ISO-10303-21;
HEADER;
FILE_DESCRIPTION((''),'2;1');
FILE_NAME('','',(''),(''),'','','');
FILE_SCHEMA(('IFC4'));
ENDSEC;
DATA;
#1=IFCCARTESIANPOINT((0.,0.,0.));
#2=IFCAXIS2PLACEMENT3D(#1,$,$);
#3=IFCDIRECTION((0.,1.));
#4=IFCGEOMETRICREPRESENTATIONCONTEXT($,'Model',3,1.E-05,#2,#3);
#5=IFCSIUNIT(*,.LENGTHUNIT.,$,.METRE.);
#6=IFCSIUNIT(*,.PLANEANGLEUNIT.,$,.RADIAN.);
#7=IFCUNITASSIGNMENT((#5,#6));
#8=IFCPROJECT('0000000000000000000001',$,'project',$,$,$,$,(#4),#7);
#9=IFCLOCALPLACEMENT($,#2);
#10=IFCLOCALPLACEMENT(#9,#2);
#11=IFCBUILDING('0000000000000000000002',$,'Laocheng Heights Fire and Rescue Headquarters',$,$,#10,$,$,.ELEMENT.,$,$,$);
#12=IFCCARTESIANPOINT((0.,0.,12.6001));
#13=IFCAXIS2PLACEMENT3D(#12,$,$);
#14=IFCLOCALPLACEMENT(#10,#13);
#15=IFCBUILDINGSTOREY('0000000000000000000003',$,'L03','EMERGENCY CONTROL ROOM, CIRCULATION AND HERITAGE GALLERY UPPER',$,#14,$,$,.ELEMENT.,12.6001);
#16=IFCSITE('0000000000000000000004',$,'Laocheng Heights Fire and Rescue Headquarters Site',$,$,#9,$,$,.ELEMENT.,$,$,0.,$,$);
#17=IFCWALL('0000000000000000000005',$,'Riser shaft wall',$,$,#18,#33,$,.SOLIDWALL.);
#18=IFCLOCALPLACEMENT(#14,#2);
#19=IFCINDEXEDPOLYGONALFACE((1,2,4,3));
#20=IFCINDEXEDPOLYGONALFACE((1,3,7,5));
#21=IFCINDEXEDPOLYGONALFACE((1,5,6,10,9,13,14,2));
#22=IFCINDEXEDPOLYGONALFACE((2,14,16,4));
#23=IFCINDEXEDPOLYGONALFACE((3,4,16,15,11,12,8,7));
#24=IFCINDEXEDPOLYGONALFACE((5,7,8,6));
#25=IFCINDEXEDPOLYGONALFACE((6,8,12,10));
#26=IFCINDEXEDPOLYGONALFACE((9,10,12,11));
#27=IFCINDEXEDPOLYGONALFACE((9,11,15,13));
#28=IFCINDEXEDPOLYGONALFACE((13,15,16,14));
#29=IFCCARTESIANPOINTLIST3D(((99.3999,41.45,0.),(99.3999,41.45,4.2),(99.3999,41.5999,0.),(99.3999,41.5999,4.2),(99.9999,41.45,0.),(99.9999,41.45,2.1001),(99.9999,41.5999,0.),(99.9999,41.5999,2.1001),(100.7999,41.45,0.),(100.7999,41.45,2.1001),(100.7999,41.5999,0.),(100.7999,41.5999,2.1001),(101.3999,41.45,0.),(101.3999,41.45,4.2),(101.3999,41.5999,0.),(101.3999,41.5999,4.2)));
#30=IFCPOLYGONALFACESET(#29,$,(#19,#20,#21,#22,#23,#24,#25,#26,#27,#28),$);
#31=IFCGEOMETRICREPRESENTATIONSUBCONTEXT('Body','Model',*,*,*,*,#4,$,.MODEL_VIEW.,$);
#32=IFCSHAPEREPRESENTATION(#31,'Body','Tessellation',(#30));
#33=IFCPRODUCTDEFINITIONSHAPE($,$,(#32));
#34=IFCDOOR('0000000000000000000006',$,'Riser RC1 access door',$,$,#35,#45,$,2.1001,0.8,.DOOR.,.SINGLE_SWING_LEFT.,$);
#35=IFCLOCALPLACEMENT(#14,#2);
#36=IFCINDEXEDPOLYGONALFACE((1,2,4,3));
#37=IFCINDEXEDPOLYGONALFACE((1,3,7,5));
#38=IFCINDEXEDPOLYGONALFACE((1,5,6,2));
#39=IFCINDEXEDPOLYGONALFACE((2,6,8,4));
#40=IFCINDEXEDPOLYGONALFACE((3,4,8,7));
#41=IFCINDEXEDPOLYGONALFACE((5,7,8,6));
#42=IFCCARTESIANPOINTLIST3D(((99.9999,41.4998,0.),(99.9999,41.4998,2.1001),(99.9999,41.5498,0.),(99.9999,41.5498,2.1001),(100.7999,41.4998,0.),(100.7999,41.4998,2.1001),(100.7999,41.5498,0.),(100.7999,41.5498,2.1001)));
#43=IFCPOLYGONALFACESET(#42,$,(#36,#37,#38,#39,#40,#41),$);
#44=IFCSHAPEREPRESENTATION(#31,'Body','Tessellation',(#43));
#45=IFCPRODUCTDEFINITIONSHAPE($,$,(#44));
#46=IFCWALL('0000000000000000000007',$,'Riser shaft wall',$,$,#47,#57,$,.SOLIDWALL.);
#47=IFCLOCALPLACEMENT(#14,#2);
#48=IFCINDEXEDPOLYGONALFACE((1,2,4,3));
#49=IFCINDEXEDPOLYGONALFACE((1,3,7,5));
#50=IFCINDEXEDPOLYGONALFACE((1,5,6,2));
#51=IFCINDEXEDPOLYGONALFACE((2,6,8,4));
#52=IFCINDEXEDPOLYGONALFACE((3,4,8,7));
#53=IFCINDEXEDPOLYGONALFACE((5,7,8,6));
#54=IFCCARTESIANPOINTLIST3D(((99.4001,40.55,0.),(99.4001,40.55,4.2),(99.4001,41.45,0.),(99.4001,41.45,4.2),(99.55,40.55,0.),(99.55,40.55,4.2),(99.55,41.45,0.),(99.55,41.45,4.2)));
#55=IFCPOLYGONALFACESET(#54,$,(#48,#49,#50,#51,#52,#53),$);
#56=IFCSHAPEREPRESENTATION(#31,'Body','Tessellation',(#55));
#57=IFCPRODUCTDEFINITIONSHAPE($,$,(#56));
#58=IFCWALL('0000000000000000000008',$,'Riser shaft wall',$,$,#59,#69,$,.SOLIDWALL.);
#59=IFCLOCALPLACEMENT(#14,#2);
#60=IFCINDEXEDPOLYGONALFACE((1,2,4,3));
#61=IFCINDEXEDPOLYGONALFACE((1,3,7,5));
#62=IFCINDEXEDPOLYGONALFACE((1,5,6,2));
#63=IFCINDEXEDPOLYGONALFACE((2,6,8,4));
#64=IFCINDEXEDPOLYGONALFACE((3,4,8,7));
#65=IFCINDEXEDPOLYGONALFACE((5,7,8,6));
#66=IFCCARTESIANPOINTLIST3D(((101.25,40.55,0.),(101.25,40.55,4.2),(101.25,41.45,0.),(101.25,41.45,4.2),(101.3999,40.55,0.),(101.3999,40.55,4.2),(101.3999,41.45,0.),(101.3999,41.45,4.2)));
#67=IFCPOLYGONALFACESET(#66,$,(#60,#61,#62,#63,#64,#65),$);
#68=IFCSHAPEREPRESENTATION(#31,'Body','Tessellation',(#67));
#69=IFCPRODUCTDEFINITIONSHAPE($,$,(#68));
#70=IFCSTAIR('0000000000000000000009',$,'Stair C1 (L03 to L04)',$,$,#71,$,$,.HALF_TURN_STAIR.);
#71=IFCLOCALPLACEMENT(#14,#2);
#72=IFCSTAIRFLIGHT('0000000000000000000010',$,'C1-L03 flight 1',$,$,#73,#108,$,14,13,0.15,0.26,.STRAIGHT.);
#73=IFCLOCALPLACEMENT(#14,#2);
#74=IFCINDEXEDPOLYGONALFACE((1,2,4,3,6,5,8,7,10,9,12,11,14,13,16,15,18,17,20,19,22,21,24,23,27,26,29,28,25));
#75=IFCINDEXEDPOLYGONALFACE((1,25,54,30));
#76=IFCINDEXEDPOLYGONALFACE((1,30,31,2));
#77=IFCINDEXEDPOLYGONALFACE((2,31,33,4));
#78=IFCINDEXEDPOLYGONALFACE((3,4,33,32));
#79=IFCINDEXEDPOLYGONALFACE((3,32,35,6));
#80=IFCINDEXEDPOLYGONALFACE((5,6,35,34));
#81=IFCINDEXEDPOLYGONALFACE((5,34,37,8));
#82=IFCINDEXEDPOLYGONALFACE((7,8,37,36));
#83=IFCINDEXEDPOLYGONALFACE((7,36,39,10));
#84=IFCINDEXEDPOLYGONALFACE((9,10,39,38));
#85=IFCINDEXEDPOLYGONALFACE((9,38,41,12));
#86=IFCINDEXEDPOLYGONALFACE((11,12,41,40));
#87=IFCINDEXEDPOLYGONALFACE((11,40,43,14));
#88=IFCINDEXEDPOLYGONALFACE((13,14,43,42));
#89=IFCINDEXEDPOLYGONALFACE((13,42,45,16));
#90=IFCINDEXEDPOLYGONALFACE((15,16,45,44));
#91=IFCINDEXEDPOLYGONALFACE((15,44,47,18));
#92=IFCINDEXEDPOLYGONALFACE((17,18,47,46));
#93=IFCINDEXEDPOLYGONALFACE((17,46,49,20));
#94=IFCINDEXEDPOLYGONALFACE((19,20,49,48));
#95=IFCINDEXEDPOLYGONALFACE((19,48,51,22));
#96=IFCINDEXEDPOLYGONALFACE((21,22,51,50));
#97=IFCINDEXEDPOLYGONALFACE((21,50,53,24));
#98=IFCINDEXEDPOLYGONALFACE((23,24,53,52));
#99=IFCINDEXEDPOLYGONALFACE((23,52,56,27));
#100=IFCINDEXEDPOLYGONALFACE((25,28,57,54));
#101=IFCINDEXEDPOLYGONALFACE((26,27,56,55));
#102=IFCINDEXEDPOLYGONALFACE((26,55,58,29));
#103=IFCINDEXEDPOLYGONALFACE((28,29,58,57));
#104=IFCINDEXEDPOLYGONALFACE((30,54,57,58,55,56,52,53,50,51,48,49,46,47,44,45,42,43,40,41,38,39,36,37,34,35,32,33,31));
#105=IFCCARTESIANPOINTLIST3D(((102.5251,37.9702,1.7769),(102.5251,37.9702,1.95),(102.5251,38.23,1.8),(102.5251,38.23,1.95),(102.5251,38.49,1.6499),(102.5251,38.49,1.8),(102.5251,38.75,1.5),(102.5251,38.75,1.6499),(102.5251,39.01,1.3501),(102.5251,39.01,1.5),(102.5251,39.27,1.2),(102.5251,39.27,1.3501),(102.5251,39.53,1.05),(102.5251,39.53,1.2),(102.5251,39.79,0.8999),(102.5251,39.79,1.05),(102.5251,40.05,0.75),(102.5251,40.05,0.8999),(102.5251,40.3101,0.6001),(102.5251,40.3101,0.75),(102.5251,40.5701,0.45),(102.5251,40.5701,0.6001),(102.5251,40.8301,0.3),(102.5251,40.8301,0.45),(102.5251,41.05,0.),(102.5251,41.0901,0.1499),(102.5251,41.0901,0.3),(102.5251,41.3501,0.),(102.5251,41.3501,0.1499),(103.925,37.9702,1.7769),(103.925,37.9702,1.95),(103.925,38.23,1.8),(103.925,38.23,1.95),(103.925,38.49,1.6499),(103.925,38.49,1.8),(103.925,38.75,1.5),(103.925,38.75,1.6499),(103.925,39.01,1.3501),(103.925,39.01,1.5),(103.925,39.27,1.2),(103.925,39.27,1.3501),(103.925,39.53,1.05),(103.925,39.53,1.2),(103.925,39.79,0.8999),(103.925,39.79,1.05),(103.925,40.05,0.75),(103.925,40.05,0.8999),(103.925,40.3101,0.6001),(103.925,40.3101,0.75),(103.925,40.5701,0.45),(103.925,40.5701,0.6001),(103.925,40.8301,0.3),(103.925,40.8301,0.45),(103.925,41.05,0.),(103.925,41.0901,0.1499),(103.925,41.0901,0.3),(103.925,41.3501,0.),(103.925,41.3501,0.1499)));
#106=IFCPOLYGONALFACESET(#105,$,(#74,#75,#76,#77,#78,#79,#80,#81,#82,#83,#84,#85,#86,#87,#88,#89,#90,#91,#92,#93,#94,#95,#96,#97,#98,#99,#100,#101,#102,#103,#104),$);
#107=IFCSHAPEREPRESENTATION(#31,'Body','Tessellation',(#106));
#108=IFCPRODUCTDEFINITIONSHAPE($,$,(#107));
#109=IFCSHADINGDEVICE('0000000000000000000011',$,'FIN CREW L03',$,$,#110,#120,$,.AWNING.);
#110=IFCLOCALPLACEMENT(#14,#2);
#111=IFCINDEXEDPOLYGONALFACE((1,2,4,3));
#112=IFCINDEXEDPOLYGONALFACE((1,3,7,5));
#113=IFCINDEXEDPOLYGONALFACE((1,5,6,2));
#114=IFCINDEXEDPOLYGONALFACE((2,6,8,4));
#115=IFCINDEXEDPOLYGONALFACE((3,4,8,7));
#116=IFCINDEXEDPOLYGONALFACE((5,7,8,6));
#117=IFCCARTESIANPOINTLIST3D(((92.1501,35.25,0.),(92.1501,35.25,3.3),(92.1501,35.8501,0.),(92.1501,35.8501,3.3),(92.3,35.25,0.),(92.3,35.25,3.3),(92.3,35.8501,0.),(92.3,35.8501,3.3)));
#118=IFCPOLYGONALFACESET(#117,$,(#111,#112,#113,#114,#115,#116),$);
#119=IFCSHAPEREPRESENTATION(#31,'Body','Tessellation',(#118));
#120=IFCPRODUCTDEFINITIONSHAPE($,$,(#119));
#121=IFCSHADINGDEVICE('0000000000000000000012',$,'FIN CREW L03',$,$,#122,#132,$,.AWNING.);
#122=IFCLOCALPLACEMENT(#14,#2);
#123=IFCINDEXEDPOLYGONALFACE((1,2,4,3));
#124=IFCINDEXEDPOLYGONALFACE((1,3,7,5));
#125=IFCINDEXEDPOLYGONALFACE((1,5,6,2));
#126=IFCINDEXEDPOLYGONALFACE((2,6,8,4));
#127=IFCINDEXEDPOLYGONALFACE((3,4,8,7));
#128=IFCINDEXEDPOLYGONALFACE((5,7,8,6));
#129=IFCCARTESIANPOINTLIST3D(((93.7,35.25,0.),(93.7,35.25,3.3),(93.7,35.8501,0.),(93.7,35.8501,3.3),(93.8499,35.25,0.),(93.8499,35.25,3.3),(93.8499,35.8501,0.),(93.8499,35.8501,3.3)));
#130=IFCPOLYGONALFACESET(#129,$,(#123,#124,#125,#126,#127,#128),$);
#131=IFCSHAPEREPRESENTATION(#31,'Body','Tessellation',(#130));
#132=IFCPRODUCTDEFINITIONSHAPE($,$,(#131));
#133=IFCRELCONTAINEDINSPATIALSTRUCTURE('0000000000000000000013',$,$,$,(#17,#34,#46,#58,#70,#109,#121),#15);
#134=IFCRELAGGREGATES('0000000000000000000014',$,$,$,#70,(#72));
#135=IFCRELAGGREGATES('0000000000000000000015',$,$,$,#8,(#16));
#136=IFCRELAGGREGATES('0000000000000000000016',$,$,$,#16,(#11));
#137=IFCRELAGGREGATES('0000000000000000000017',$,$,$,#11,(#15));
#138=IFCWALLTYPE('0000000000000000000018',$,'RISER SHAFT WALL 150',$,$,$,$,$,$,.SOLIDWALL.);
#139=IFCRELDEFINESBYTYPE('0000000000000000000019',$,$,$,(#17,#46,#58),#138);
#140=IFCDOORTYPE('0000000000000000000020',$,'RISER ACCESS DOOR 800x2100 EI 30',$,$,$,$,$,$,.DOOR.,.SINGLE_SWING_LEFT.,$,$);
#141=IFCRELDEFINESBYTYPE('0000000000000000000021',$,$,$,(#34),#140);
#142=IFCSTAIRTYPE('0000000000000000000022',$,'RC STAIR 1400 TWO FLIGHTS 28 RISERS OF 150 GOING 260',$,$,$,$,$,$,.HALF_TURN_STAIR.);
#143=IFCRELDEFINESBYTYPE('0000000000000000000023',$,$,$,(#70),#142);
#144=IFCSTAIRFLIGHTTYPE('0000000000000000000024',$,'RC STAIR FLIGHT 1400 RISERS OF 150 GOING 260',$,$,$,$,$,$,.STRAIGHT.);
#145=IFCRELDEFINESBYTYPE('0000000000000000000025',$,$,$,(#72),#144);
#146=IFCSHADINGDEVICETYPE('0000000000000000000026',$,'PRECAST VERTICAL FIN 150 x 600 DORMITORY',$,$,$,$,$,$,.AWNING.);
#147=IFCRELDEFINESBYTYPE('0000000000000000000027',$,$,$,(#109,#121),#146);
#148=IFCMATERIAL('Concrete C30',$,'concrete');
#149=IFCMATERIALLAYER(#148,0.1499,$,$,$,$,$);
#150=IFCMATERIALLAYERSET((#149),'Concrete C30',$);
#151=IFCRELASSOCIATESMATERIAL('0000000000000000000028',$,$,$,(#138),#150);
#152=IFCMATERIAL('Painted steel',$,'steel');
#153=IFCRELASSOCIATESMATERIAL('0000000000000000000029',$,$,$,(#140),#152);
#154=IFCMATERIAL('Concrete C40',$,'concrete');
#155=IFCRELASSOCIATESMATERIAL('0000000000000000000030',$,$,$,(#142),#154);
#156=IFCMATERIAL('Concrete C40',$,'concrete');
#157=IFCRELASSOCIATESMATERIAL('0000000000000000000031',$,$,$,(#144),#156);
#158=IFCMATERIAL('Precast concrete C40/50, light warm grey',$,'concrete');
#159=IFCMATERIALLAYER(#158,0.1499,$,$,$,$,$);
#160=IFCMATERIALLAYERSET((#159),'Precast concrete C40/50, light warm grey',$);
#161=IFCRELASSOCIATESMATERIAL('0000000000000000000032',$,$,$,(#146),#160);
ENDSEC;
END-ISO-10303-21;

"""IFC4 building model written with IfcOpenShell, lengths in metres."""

from ifc_helpers import new_model, si_unit, direction, frame, frame_2d, origin, origin_2d, place, context, subcontext, project, spatial, polyline, rectangle, outline, extrude, material, layer, layer_set, type_object, element, fill, aggregate, save


model = new_model("IFC4")

# Units and contexts
model_context = context("Model", 3, precision=1e-05, world=origin(), true_north=direction((0.0, 1.0)))
body_context = subcontext(model_context, "Body", "Model", "MODEL_VIEW")
ifc_project = project(units=[si_unit("LENGTHUNIT", "METRE"), si_unit("PLANEANGLEUNIT", "RADIAN")], contexts=[model_context])

# Site, building, storey
site_placement = place(None, origin())
site = spatial("IfcSite", under=ifc_project, at=site_placement, Name="Laocheng Heights Fire and Rescue Headquarters Site", CompositionType="ELEMENT", RefElevation=0.0)
building_placement = place(site_placement, origin())
building = spatial("IfcBuilding", under=site, at=building_placement, Name="Laocheng Heights Fire and Rescue Headquarters", CompositionType="ELEMENT")
storey_placement = place(building_placement, frame((0.0, 0.0, 12.6001)))
storey = spatial("IfcBuildingStorey", under=building, at=storey_placement, Name="L03", Description="EMERGENCY CONTROL ROOM, CIRCULATION AND HERITAGE GALLERY UPPER", CompositionType="ELEMENT", Elevation=12.6001)

# Shared definitions
ifc_material_1 = material(Name="Concrete C30", Category="concrete")
ifc_layer_1 = layer(ifc_material_1, 0.1499)
ifc_layer_set_1 = layer_set([ifc_layer_1], Name="Concrete C30")
wall_type_1 = type_object("IfcWallType", Name="RISER SHAFT WALL 150", PredefinedType="SOLIDWALL", material=ifc_layer_set_1)

# Wall, opening, door
wall_1_placement = place(storey_placement, frame((99.3999, 41.5249, 0.0), z_axis=(0.0, 0.0, 1.0), x_axis=(1.0, 0.0, 0.0)))
wall_1 = element("IfcWall", 1, at=wall_1_placement, inside=storey, type_object=wall_type_1, Name="Riser shaft wall", PredefinedType="SOLIDWALL", context=body_context, shape_type="SweptSolid", body=[
    extrude(rectangle(XDim=2.0, YDim=0.1499, at=frame_2d((1.0, 0.0))), origin(), (0.0, 0.0, 1.0), 4.2),
])
opening_1_placement = place(wall_1_placement, frame((0.6001, 0.0, 0.0)))
opening_1 = element("IfcOpeningElement", 2, at=opening_1_placement, cuts=wall_1, PredefinedType="OPENING", context=body_context, shape_type="SweptSolid", body=[
    extrude(rectangle(XDim=0.8, YDim=2.1001, at=frame_2d((0.3999, 1.05))), frame((0.0, 0.085, 0.0), z_axis=(0.0, -1.0, 0.0), x_axis=(1.0, 0.0, 0.0)), (0.0, 0.0, 1.0), 0.1699),
])
ifc_material_2 = material(Name="Painted steel", Category="steel")
door_type_1 = type_object("IfcDoorType", Name="RISER ACCESS DOOR 800x2100 EI 30", OperationType="SINGLE_SWING_LEFT", PredefinedType="DOOR", material=ifc_material_2)
door_1_placement = place(opening_1_placement, origin())
door_1 = element("IfcDoor", 3, at=door_1_placement, inside=storey, type_object=door_type_1, Name="Riser RC1 access door", OperationType="SINGLE_SWING_LEFT", OverallHeight=2.1001, OverallWidth=0.8, PredefinedType="DOOR", context=body_context, shape_type="SweptSolid", body=[
    extrude(rectangle(XDim=0.8, YDim=2.1001, at=frame_2d((0.3999, 1.05))), frame((0.0, 0.0249, 0.0), z_axis=(0.0, -1.0, 0.0), x_axis=(1.0, 0.0, 0.0)), (0.0, 0.0, 1.0), 0.05),
])
fill(opening_1, door_1)

# Walls
for number, where, z_axis, x_axis, name in (
    (4, (99.4751, 40.55, 0.0), (0.0, 0.0, 1.0), (0.0, 1.0, 0.0), "Riser shaft wall"),
    (5, (101.325, 40.55, 0.0), (0.0, 0.0, 1.0), (0.0, 1.0, 0.0), "Riser shaft wall"),
):
    element("IfcWall", number, at=place(storey_placement, frame(where, z_axis=z_axis, x_axis=x_axis)), inside=storey, type_object=wall_type_1, Name=name, PredefinedType="SOLIDWALL", context=body_context, shape_type="SweptSolid", body=[
        extrude(rectangle(XDim=0.8999, YDim=0.1499, at=frame_2d((0.45, 0.0))), origin(), (0.0, 0.0, 1.0), 4.2),
    ])

# Stair, stair flight
ifc_material_3 = material(Name="Concrete C40", Category="concrete")
stair_type = type_object("IfcStairType", Name="RC STAIR 1400 TWO FLIGHTS 28 RISERS OF 150 GOING 260", PredefinedType="HALF_TURN_STAIR", material=ifc_material_3)
stair_placement = place(storey_placement, origin())
stair = element("IfcStair", 6, at=stair_placement, inside=storey, type_object=stair_type, Name="Stair C1 (L03 to L04)", PredefinedType="HALF_TURN_STAIR")
ifc_material_4 = material(Name="Concrete C40", Category="concrete")
stair_flight_type = type_object("IfcStairFlightType", Name="RC STAIR FLIGHT 1400 RISERS OF 150 GOING 260", PredefinedType="STRAIGHT", material=ifc_material_4)
stair_flight_placement = place(storey_placement, frame((103.2251, 41.3501, 0.0), z_axis=(0.0, 0.0, 1.0), x_axis=(0.0, -1.0, 0.0)))
stair_flight = element("IfcStairFlight", 7, at=stair_flight_placement, type_object=stair_flight_type, Name="C1-L03 flight 1", NumberOfRisers=14, NumberOfTreads=13, PredefinedType="STRAIGHT", RiserHeight=0.15, TreadLength=0.26, context=body_context, shape_type="SweptSolid", body=[
    extrude(outline(polyline([(0.0, 0.0), (0.0, 0.1499), (0.26, 0.1499), (0.26, 0.3), (0.52, 0.3), (0.52, 0.45), (0.78, 0.45), (0.78, 0.6001), (1.04, 0.6001), (1.04, 0.75), (1.3, 0.75), (1.3, 0.8999), (1.5601, 0.8999), (1.5601, 1.05), (1.8201, 1.05), (1.8201, 1.2), (2.0801, 1.2), (2.0801, 1.3501), (2.3401, 1.3501), (2.3401, 1.5), (2.6001, 1.5), (2.6001, 1.6499), (2.8601, 1.6499), (2.8601, 1.8), (3.1201, 1.8), (3.1201, 1.95), (3.3799, 1.95), (3.3799, 2.1001), (3.3799, 1.7769), (0.3, 0.0), (0.0, 0.0)])), frame((0.0, 0.7, 0.0), z_axis=(0.0, -1.0, 0.0), x_axis=(1.0, 0.0, 0.0)), (0.0, 0.0, 1.0), 1.3999),
])
aggregate(stair, [stair_flight])

# Shading devices
ifc_material_5 = material(Name="Precast concrete C40/50, light warm grey", Category="concrete")
ifc_layer_2 = layer(ifc_material_5, 0.1499)
ifc_layer_set_2 = layer_set([ifc_layer_2], Name="Precast concrete C40/50, light warm grey")
shading_device_type = type_object("IfcShadingDeviceType", Name="PRECAST VERTICAL FIN 150 x 600 DORMITORY", PredefinedType="AWNING", material=ifc_layer_set_2)
for number, where, z_axis, x_axis, name in (
    (8, (92.2251, 35.55, 0.0), (0.0, 0.0, 1.0), (1.0, 0.0, 0.0), "FIN CREW L03"),
    (9, (93.7749, 35.55, 0.0), (0.0, 0.0, 1.0), (1.0, 0.0, 0.0), "FIN CREW L03"),
):
    element("IfcShadingDevice", number, at=place(storey_placement, frame(where, z_axis=z_axis, x_axis=x_axis)), inside=storey, type_object=shading_device_type, Name=name, PredefinedType="AWNING", context=body_context, shape_type="SweptSolid", body=[
        extrude(rectangle(XDim=0.1499, YDim=0.6001, at=origin_2d()), origin(), (0.0, 0.0, 1.0), 3.3),
    ])

save(model, "model.ifc")
